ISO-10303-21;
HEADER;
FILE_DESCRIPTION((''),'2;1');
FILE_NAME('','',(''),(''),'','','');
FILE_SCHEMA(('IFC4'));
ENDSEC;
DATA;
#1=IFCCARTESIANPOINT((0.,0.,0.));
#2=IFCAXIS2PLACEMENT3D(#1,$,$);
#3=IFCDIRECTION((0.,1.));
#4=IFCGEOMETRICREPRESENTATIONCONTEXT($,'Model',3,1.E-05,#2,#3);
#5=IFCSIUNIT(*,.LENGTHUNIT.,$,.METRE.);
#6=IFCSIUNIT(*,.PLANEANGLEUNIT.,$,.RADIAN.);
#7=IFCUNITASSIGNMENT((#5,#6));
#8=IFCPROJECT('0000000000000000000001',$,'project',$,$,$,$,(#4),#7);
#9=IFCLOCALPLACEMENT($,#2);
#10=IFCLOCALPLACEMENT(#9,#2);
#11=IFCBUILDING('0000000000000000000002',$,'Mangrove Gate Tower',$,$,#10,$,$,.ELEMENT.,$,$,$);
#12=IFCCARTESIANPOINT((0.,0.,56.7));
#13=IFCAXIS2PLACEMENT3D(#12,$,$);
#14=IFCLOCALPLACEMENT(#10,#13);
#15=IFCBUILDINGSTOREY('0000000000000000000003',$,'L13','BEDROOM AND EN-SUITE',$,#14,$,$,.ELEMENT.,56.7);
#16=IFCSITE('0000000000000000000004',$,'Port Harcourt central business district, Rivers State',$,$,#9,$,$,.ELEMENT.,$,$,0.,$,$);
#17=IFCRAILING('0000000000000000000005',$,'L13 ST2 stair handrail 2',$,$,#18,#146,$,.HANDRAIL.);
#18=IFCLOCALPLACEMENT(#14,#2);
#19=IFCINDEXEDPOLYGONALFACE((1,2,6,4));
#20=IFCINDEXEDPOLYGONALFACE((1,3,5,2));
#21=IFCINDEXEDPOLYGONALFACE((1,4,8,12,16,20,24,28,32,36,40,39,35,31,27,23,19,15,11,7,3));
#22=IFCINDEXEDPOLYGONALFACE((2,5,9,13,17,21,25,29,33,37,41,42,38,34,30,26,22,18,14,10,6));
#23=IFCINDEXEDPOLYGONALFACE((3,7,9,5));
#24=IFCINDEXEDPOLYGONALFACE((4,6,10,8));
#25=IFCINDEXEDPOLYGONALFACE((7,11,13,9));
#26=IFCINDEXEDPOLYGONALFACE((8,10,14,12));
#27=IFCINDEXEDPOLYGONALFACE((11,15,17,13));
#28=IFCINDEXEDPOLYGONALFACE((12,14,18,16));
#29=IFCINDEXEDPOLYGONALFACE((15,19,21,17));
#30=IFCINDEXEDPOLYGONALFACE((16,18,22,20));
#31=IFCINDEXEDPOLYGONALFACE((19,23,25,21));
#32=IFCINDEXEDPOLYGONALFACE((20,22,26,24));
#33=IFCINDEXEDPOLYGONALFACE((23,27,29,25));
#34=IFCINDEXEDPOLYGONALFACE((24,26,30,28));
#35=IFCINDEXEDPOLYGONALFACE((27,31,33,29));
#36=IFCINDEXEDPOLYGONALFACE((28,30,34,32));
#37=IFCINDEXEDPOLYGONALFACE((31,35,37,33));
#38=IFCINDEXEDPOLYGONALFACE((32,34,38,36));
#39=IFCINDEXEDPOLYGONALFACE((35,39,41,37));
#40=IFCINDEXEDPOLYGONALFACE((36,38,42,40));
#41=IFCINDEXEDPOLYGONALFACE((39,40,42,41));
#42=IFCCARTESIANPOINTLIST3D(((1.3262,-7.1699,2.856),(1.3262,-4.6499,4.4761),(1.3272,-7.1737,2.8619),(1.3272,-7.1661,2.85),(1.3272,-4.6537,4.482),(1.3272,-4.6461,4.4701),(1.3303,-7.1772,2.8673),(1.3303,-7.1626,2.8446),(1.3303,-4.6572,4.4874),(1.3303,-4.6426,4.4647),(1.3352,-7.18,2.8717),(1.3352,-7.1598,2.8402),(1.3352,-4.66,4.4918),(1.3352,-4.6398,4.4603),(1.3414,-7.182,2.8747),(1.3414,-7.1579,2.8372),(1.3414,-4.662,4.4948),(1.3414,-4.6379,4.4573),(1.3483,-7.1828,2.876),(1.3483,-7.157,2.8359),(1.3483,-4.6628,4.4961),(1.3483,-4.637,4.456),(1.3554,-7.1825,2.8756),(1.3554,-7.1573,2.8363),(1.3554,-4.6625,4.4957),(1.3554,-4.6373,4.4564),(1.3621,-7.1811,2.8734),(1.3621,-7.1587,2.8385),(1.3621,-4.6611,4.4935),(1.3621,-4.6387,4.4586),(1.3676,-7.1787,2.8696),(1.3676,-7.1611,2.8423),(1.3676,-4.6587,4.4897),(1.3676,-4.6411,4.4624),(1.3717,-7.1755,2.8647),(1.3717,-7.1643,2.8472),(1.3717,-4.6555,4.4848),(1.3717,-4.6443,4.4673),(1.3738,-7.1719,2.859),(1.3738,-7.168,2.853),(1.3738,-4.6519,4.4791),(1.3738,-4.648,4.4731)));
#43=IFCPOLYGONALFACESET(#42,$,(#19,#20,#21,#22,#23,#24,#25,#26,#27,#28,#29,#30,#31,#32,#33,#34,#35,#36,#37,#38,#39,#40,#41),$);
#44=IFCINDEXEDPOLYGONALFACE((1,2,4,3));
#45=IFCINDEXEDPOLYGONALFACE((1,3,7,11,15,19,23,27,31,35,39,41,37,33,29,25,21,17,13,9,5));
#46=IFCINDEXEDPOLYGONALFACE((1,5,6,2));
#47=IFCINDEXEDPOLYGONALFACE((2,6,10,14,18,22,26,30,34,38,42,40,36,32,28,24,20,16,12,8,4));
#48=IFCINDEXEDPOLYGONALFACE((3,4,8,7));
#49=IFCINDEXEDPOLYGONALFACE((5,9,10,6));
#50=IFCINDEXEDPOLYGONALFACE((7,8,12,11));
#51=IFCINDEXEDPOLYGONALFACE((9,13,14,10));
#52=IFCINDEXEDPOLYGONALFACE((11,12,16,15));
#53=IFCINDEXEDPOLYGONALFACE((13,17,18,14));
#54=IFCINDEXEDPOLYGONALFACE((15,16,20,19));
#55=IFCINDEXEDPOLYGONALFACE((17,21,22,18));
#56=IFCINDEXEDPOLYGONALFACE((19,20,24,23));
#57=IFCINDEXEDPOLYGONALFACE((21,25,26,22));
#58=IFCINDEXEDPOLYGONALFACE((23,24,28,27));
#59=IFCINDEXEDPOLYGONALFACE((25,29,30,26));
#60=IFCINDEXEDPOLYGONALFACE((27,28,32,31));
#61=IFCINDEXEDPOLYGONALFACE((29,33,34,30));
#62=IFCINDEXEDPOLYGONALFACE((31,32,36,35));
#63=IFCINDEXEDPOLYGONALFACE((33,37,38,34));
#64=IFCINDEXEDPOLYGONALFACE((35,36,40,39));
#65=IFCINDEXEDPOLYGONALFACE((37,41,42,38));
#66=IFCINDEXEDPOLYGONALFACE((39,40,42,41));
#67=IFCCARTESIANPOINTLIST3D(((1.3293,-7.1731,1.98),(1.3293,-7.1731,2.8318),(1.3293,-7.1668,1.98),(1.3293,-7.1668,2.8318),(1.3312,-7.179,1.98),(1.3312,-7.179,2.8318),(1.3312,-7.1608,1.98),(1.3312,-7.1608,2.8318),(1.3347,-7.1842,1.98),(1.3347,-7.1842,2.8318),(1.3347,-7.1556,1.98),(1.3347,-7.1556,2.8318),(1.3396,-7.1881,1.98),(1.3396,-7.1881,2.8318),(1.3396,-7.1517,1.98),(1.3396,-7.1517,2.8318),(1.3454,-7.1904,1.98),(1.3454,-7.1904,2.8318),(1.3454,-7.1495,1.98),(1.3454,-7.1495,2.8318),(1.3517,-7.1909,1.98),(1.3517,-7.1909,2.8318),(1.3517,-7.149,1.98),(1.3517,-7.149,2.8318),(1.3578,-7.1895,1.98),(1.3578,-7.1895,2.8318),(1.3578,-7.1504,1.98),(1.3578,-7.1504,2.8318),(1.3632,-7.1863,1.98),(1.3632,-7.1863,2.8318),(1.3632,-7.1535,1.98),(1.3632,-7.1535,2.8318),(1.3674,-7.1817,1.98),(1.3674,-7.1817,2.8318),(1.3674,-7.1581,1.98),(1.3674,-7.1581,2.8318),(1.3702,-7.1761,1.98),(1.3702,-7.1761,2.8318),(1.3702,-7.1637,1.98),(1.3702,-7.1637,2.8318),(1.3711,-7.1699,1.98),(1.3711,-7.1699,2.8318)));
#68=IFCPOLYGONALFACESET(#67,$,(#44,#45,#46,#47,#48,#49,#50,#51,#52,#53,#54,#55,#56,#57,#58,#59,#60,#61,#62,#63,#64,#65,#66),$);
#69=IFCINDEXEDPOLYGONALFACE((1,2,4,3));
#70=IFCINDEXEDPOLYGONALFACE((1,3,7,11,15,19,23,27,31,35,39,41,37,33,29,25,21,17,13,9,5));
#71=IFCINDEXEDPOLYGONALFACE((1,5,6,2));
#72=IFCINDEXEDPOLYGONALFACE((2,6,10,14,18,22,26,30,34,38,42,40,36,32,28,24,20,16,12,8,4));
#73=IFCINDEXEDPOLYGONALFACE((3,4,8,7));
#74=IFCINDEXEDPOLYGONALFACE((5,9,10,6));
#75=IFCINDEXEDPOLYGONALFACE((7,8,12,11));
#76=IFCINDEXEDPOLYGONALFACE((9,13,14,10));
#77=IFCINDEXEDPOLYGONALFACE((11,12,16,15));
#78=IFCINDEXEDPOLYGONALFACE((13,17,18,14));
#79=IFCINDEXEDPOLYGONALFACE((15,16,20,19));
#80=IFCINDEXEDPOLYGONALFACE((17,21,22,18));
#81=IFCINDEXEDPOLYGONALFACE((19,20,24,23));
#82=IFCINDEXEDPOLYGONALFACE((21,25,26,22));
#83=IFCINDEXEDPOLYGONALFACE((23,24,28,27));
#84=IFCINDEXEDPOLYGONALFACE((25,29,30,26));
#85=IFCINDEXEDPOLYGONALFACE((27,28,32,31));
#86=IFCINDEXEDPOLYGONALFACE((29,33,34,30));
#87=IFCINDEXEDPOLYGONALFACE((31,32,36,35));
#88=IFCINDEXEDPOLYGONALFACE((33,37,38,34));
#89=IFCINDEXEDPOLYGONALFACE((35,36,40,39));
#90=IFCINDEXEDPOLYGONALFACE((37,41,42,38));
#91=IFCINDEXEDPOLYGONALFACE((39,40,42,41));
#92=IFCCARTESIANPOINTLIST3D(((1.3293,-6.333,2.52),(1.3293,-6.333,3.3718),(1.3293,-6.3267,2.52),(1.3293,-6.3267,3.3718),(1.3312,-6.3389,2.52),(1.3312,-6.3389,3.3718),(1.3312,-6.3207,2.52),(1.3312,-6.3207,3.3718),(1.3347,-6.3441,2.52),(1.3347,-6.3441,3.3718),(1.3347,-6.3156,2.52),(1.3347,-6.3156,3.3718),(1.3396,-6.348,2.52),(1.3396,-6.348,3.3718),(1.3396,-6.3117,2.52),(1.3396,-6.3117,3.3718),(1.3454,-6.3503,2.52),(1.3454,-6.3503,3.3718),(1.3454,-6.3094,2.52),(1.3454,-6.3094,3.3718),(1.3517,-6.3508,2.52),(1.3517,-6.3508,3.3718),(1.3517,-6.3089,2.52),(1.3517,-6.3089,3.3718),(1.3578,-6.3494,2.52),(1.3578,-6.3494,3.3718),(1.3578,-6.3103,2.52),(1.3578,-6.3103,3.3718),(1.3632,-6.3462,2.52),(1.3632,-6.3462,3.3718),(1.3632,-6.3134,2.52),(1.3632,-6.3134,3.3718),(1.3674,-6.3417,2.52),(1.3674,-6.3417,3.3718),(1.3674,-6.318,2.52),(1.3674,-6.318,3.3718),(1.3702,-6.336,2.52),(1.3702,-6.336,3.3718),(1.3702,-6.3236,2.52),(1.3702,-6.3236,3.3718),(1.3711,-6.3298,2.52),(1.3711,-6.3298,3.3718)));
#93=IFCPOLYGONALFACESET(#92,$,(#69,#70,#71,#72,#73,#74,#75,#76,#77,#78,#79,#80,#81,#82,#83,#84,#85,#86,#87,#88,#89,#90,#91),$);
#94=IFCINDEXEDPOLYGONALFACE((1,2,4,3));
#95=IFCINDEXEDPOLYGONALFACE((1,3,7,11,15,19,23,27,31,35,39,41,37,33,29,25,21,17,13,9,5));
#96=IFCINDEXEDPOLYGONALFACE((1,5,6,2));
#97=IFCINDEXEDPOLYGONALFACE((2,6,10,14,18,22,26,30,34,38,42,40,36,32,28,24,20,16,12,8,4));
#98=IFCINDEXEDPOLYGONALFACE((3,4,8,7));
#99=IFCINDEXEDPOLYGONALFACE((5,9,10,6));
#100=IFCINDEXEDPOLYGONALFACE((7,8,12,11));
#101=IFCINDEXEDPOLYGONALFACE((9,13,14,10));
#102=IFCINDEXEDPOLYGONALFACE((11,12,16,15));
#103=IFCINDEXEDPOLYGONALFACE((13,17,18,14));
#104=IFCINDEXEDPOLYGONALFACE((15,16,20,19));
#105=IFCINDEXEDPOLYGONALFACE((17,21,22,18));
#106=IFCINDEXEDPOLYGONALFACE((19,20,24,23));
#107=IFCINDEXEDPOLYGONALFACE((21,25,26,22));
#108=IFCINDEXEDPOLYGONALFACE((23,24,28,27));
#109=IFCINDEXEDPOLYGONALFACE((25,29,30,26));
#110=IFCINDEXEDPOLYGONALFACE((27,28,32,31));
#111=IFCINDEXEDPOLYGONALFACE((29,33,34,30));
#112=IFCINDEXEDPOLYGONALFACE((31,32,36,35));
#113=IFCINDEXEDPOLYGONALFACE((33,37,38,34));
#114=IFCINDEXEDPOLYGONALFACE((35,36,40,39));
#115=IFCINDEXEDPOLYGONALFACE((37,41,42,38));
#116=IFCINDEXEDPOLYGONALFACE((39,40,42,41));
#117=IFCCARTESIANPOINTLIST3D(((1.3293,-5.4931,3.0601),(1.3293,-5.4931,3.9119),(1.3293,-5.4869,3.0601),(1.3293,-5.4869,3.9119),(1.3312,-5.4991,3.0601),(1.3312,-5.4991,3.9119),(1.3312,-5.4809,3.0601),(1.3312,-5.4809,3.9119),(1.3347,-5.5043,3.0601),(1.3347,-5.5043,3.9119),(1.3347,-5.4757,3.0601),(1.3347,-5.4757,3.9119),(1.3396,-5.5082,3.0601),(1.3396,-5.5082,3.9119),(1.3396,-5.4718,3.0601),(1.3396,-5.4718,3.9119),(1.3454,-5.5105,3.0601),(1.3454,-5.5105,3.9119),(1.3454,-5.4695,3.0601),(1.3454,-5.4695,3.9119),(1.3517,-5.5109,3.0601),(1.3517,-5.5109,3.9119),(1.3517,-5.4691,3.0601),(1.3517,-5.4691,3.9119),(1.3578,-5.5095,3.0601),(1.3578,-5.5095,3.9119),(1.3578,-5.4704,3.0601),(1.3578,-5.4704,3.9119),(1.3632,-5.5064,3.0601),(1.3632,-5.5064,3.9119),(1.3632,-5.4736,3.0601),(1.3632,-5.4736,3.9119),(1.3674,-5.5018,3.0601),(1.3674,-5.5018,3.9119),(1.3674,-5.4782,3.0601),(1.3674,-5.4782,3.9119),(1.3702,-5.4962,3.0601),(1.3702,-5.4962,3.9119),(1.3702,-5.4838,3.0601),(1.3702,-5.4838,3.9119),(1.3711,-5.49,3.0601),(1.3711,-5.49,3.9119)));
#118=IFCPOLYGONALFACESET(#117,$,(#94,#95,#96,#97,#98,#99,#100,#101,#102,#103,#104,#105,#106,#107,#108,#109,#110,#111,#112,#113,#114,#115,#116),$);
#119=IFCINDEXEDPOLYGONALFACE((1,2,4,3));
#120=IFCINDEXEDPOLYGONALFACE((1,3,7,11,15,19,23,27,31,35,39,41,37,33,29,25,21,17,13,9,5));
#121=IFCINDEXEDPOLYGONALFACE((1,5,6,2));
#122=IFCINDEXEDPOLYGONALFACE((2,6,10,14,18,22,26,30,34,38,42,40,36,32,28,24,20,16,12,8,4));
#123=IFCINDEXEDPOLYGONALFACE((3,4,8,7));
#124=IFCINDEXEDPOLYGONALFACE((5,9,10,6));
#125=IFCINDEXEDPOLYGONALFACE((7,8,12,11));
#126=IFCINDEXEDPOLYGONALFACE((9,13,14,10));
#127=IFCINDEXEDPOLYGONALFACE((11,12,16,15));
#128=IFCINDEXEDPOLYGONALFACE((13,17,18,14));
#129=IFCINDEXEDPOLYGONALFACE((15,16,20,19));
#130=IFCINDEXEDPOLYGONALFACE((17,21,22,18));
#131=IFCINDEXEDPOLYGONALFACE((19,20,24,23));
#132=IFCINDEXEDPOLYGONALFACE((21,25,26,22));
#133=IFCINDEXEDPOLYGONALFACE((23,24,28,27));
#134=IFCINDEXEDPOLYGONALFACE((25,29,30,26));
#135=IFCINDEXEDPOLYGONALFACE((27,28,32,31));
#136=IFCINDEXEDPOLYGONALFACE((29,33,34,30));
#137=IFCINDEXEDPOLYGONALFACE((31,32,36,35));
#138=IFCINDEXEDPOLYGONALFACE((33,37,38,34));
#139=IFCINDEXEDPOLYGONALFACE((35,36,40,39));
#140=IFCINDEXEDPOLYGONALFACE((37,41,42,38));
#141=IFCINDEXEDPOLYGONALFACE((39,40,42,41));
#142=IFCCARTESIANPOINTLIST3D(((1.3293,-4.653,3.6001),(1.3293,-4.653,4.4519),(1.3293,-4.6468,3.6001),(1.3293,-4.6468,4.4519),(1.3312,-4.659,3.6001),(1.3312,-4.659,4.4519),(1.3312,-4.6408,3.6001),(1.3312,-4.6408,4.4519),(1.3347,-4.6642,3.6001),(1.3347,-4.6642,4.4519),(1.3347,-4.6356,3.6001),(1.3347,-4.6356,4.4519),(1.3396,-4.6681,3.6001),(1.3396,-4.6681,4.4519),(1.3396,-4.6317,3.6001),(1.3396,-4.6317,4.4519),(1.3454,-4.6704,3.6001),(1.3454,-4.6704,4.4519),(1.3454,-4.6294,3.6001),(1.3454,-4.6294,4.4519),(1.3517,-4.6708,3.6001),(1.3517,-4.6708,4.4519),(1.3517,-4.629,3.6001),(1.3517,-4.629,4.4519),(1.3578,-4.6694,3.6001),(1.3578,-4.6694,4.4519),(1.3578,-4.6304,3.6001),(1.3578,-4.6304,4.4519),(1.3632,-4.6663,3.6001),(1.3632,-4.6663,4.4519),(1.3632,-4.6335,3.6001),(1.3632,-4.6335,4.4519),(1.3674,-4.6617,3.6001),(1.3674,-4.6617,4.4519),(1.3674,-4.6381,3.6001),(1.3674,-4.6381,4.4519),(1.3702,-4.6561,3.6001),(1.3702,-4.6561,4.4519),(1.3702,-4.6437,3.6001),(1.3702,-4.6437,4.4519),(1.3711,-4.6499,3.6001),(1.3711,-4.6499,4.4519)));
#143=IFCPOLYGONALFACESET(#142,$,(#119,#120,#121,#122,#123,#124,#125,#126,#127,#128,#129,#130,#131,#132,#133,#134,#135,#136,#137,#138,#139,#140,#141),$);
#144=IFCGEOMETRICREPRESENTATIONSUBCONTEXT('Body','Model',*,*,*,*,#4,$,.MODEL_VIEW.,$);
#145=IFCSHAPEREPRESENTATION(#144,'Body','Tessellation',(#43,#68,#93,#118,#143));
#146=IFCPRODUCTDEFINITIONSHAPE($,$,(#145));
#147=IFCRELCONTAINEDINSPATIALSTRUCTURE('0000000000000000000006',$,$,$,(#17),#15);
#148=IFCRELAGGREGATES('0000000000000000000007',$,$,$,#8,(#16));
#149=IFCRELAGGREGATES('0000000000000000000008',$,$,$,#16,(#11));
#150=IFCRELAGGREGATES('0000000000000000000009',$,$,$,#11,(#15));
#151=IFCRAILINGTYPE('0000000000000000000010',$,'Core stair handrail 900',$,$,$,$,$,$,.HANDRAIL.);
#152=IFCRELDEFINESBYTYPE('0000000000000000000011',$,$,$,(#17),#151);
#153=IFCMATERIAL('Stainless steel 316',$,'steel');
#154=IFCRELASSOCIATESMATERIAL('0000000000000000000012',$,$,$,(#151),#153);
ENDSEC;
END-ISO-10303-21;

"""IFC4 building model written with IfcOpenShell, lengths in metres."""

from ifc_helpers import new_model, si_unit, direction, frame, origin, origin_2d, place, context, subcontext, project, spatial, circle, extrude, material, type_object, element, save


model = new_model("IFC4")

# Units and contexts
model_context = context("Model", 3, precision=1e-05, world=origin(), true_north=direction((0.0, 1.0)))
body_context = subcontext(model_context, "Body", "Model", "MODEL_VIEW")
ifc_project = project(units=[si_unit("LENGTHUNIT", "METRE"), si_unit("PLANEANGLEUNIT", "RADIAN")], contexts=[model_context])

# Site, building, storey
site_placement = place(None, origin())
site = spatial("IfcSite", under=ifc_project, at=site_placement, Name="Port Harcourt central business district, Rivers State", CompositionType="ELEMENT", RefElevation=0.0)
building_placement = place(site_placement, origin())
building = spatial("IfcBuilding", under=site, at=building_placement, Name="Mangrove Gate Tower", CompositionType="ELEMENT")
storey_placement = place(building_placement, frame((0.0, 0.0, 56.7)))
storey = spatial("IfcBuildingStorey", under=building, at=storey_placement, Name="L13", Description="BEDROOM AND EN-SUITE", CompositionType="ELEMENT", Elevation=56.7)

# Railing
ifc_material_1 = material(Name="Stainless steel 316", Category="steel")
railing_type_1 = type_object("IfcRailingType", Name="Core stair handrail 900", PredefinedType="HANDRAIL", material=ifc_material_1)
railing_1_placement = place(storey_placement, frame((1.3501, -7.1699, 1.98)))
element("IfcRailing", 1, at=railing_1_placement, inside=storey, type_object=railing_type_1, Name="L13 ST2 stair handrail 2", PredefinedType="HANDRAIL", context=body_context, shape_type="SweptSolid", body=[
    extrude(circle(Radius=0.0239, at=origin_2d()), frame((0.0, 0.0, 0.876), z_axis=(0.0, 0.841163, 0.540782), x_axis=(-1.0, 0.0, 0.0)), (0.0, 0.0, 1.0), 2.9958),
    extrude(circle(Radius=0.021, at=origin_2d()), origin(), (0.0, 0.0, 1.0), 0.8518),
    extrude(circle(Radius=0.021, at=origin_2d()), frame((0.0, 0.8401, 0.54)), (0.0, 0.0, 1.0), 0.8518),
    extrude(circle(Radius=0.021, at=origin_2d()), frame((0.0, 1.6799, 1.0801)), (0.0, 0.0, 1.0), 0.8518),
    extrude(circle(Radius=0.021, at=origin_2d()), frame((0.0, 2.52, 1.6201)), (0.0, 0.0, 1.0), 0.8518),
])

save(model, "model.ifc")
